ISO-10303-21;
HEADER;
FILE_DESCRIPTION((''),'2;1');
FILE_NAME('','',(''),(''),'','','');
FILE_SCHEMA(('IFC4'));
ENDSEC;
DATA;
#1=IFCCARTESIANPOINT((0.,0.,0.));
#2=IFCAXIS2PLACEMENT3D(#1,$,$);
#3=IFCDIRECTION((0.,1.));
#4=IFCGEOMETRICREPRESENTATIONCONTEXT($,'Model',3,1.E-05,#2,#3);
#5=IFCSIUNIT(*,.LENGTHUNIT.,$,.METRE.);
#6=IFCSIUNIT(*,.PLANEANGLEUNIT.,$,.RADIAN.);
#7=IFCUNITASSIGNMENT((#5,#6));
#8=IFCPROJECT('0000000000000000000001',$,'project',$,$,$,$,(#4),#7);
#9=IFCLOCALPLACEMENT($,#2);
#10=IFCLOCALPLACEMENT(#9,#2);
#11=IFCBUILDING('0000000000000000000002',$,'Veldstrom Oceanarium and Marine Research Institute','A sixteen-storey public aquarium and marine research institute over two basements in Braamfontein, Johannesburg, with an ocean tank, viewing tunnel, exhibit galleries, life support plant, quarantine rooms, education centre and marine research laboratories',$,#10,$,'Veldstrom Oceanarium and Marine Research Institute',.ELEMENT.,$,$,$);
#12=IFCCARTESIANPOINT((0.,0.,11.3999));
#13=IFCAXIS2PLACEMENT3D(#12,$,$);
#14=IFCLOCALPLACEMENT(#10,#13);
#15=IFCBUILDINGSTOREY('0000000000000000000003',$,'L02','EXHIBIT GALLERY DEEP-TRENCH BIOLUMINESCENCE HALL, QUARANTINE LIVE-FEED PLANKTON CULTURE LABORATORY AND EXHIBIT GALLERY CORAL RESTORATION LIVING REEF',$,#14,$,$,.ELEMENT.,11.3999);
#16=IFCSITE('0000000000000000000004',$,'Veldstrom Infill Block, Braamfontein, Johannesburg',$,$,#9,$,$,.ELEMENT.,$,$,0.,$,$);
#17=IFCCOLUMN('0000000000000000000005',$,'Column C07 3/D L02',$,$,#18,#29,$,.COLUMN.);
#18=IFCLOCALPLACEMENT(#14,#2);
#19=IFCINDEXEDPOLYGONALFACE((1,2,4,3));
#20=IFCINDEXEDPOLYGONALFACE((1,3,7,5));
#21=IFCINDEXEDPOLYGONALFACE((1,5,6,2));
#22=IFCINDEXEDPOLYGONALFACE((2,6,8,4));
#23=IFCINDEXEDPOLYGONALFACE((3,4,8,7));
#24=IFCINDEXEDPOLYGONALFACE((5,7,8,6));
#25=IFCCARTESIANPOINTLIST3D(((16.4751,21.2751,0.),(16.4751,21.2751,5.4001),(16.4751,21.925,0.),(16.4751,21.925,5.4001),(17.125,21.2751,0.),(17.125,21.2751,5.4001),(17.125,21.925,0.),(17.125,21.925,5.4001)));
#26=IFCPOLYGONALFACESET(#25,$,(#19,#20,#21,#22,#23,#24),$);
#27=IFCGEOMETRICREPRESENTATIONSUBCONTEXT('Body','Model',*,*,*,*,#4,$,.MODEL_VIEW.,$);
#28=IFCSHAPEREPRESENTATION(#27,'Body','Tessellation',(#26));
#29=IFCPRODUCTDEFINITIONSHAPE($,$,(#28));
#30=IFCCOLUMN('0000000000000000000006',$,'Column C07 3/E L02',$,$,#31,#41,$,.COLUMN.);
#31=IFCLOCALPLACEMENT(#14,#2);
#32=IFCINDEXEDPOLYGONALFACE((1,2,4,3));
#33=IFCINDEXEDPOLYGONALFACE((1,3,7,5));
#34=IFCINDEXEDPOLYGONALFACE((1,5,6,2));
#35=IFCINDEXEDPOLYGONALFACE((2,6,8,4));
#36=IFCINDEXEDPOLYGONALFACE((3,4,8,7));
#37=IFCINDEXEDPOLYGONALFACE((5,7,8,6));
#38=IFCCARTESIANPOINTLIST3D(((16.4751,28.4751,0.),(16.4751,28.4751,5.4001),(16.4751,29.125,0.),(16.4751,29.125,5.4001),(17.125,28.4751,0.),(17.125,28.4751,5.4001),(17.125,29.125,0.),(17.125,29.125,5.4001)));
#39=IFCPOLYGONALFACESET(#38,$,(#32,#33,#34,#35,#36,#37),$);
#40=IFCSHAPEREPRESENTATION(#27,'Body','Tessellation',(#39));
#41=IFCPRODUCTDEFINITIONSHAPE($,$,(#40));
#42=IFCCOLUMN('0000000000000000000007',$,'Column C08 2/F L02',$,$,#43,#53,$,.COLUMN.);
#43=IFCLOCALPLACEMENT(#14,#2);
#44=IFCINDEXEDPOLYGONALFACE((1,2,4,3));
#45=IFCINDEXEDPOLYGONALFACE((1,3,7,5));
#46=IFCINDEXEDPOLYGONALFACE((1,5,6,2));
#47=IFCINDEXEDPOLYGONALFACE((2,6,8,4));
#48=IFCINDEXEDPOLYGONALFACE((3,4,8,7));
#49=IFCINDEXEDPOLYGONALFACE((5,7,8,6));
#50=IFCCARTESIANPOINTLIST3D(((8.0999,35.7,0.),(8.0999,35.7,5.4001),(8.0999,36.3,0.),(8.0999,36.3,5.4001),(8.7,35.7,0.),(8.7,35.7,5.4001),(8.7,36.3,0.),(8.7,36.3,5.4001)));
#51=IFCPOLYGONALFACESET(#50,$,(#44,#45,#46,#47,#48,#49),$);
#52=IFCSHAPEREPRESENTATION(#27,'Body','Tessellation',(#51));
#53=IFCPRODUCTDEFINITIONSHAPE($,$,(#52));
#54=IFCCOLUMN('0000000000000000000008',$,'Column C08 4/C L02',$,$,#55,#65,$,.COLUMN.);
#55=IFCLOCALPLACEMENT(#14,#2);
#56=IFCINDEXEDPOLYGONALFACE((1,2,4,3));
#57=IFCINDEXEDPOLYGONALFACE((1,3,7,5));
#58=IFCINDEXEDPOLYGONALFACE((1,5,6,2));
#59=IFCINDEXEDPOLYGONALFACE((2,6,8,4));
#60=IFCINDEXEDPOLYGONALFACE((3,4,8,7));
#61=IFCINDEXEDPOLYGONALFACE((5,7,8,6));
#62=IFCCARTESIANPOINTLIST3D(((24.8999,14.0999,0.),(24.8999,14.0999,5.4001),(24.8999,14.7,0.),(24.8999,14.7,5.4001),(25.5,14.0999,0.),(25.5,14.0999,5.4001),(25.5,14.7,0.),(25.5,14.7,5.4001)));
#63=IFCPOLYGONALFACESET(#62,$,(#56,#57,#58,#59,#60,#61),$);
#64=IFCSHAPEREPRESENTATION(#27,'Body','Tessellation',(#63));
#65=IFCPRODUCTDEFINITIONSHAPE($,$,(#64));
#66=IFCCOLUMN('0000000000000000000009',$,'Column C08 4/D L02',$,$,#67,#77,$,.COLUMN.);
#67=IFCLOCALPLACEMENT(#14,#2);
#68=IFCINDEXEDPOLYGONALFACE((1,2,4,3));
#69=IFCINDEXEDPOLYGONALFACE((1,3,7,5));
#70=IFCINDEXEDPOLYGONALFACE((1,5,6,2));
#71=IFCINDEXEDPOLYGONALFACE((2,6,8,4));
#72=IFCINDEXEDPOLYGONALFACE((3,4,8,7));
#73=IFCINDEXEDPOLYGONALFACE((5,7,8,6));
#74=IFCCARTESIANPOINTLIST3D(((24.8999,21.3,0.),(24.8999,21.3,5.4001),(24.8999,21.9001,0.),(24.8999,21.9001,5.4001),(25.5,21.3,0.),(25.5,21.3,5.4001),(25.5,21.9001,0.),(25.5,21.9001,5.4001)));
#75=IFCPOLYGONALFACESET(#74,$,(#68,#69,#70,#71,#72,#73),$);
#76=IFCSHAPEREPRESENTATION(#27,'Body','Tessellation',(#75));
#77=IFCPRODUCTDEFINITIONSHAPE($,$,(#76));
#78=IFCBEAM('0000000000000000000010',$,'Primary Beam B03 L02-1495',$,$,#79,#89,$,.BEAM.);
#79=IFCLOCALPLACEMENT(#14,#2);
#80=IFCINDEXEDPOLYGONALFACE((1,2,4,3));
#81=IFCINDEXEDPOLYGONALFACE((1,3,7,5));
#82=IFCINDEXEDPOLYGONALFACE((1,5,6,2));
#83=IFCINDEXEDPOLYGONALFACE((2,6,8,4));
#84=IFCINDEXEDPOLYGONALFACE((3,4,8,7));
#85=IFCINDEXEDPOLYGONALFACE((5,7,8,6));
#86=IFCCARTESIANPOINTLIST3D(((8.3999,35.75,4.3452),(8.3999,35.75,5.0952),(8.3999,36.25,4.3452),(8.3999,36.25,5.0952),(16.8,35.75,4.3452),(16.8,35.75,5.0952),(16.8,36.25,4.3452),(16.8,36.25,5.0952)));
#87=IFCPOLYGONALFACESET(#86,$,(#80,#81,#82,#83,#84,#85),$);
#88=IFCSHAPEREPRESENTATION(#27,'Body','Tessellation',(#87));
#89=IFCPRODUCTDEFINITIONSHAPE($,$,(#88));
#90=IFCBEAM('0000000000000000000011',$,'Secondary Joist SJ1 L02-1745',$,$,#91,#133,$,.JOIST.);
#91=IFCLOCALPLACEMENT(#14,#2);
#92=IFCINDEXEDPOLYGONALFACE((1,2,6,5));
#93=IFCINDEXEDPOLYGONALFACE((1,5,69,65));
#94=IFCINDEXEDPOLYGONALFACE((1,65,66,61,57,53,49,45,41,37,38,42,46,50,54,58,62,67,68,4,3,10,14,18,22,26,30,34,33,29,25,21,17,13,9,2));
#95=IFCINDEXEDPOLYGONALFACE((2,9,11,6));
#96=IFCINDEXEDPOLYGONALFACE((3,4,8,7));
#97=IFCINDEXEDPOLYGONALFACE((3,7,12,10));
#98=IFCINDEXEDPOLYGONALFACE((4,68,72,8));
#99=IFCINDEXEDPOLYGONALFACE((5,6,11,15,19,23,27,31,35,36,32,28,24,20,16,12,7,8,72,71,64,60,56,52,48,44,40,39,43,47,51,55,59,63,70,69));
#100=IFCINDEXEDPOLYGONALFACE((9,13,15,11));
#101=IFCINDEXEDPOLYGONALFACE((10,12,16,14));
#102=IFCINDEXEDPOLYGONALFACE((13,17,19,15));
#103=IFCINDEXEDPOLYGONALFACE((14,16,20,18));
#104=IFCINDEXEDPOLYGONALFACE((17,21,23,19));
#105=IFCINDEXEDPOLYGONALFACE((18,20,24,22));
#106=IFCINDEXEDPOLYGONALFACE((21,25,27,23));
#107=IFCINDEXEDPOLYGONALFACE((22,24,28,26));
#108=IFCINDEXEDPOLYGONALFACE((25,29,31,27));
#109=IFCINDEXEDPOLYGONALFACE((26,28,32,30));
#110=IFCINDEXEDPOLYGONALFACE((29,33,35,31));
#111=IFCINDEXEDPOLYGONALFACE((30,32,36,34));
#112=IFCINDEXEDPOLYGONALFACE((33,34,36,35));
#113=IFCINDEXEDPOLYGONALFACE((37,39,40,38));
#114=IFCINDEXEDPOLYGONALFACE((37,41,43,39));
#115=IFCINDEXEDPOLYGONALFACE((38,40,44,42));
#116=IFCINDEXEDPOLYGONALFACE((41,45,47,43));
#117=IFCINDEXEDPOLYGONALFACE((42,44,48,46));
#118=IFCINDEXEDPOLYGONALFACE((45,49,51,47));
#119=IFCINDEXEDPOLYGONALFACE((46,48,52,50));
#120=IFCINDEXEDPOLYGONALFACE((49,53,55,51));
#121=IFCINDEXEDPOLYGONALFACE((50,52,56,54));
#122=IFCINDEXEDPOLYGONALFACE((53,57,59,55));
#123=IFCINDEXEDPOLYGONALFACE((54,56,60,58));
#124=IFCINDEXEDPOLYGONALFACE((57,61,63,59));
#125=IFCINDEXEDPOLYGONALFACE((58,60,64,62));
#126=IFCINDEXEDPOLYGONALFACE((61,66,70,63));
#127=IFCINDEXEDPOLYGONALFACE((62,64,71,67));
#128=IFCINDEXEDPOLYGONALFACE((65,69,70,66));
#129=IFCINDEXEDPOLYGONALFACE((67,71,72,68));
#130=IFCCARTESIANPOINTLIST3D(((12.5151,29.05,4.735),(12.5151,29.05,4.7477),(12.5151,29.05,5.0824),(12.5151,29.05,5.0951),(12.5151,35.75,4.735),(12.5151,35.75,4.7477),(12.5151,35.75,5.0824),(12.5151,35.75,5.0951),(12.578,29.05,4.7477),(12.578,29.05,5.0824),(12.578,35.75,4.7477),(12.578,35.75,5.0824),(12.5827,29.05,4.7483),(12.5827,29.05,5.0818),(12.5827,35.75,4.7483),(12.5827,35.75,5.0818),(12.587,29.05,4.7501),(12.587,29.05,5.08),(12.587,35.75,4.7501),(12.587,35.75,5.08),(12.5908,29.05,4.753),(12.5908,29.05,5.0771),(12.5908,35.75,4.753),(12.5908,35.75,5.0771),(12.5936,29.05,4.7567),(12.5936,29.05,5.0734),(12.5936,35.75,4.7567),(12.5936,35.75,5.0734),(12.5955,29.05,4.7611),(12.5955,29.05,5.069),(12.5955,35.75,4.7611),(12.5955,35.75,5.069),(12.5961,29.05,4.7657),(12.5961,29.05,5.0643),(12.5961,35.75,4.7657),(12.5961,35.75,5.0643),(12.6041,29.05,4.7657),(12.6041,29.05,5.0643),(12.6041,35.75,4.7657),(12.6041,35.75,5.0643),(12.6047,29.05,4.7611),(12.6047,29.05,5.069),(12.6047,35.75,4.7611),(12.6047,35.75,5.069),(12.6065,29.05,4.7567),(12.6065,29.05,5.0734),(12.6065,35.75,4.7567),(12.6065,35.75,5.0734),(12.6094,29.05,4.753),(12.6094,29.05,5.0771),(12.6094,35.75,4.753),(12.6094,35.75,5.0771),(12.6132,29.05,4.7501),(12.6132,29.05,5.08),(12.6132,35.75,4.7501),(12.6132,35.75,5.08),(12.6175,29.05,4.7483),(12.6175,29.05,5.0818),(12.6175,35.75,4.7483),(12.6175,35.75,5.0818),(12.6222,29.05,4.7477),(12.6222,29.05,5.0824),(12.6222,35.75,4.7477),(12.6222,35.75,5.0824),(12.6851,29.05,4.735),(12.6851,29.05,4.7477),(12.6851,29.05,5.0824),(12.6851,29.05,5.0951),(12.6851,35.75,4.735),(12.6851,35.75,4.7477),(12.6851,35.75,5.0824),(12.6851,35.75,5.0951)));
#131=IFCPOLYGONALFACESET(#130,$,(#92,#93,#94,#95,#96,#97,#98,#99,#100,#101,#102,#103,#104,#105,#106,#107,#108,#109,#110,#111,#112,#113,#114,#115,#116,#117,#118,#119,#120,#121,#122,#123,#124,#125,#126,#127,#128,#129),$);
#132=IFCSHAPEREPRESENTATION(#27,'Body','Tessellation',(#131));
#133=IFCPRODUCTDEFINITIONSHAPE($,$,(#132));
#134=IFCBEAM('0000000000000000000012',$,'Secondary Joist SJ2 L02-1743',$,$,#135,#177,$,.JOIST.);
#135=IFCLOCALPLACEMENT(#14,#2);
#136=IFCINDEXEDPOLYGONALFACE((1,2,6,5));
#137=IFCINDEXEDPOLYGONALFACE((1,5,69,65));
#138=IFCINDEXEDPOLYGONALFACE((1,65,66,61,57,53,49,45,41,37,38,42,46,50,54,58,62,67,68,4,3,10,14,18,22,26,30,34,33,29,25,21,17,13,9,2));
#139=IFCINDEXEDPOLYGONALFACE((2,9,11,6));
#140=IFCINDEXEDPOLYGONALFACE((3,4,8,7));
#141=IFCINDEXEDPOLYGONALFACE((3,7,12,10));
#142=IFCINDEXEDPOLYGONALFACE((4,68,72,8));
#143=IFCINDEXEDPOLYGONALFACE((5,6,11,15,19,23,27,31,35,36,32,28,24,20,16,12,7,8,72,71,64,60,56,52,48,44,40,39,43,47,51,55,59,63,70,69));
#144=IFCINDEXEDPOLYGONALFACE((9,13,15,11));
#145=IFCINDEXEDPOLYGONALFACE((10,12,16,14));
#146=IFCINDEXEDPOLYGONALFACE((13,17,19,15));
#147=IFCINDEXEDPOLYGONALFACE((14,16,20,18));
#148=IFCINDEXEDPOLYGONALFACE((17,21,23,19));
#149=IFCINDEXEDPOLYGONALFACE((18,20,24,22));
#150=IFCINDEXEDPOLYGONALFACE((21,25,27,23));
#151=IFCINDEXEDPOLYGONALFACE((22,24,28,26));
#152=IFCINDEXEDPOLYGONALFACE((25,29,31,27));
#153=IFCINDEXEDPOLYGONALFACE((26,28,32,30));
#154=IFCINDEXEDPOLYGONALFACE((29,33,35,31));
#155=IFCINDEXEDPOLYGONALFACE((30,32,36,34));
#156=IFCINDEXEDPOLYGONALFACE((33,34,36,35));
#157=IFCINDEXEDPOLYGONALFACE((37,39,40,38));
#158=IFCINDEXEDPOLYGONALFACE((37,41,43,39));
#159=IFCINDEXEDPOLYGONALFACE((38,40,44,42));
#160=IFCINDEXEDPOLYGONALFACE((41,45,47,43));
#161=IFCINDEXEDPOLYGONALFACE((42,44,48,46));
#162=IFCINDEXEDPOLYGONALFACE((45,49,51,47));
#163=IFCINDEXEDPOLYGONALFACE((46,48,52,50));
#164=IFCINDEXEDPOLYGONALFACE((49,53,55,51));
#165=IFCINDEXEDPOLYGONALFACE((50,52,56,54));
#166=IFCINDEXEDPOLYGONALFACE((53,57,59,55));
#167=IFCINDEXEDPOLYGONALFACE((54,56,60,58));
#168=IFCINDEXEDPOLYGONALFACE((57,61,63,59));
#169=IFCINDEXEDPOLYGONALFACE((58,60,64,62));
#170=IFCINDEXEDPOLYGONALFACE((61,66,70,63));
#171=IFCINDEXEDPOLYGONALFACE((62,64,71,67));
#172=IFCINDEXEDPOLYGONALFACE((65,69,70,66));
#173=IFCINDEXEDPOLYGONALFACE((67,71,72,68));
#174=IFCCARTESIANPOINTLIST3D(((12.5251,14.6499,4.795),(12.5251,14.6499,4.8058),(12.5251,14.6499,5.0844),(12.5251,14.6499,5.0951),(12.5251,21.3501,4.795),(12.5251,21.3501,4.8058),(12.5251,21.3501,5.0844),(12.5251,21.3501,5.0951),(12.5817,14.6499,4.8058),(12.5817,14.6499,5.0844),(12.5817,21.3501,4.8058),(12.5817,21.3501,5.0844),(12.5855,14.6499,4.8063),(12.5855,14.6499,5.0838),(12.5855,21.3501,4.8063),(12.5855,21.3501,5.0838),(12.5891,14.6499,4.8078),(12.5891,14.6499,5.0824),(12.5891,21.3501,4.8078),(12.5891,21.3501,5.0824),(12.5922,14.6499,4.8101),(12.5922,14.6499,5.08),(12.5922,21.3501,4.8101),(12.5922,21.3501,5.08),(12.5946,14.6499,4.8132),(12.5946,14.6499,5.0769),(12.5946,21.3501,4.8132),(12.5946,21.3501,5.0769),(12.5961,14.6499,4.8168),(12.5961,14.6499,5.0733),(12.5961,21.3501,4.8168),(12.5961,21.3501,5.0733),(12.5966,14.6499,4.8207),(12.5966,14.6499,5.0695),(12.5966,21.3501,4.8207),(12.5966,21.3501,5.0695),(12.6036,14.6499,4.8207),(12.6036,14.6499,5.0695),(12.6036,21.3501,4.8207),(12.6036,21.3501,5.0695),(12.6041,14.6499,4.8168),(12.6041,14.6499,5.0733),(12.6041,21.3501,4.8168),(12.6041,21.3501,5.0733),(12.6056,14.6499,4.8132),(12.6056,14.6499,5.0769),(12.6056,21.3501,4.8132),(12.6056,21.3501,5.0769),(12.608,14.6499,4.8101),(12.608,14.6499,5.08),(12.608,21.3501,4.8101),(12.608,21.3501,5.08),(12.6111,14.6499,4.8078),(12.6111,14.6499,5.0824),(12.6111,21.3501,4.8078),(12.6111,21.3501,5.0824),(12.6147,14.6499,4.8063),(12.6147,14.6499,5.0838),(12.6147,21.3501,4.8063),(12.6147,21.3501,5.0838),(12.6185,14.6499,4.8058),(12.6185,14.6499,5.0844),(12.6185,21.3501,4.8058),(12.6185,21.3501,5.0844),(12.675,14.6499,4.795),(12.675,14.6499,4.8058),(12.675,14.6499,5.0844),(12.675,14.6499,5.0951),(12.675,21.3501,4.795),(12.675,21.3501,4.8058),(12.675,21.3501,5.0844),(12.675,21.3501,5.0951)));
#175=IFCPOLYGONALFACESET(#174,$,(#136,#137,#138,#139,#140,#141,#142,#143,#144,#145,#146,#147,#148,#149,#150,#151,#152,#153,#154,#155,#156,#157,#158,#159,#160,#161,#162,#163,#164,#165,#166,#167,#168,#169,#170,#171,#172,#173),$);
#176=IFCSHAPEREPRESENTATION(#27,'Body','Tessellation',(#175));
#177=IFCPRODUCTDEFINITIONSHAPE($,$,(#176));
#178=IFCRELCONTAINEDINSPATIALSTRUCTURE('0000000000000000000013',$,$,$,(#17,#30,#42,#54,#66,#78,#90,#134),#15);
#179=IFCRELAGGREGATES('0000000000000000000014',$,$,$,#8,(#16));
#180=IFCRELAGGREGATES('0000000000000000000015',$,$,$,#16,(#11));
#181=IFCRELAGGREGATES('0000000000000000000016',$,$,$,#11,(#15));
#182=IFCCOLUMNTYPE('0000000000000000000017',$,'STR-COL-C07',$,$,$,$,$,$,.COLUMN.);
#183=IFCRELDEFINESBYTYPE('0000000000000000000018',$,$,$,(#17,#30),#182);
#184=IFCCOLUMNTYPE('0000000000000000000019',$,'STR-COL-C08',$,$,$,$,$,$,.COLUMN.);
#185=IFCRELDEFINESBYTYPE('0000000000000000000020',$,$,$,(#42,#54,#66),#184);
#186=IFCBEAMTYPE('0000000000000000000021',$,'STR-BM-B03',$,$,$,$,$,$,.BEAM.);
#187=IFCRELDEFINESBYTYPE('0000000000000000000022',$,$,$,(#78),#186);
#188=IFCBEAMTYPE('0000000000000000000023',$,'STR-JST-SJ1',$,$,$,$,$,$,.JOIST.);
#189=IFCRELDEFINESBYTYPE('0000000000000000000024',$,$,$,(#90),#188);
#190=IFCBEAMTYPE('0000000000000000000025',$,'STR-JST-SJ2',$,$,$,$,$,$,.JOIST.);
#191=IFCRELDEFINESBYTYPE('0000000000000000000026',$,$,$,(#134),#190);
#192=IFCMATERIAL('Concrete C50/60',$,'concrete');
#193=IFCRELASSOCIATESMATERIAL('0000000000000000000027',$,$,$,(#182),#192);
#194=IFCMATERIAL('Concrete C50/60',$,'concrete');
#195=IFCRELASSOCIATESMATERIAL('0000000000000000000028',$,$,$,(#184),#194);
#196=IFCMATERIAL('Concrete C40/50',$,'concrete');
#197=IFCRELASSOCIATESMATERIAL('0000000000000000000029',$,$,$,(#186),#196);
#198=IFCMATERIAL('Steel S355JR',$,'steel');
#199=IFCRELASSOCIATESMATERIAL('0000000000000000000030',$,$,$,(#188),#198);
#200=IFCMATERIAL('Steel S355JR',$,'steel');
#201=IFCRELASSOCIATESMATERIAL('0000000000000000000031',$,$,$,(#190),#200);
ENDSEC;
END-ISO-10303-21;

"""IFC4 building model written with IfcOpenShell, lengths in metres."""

from ifc_helpers import new_model, si_unit, direction, frame, origin, origin_2d, place, context, subcontext, project, spatial, rectangle, i_section, extrude, material, material_profile, profile_set, type_object, element, save


model = new_model("IFC4")

# Units and contexts
model_context = context("Model", 3, precision=1e-05, world=origin(), true_north=direction((0.0, 1.0)))
body_context = subcontext(model_context, "Body", "Model", "MODEL_VIEW")
ifc_project = project(units=[si_unit("LENGTHUNIT", "METRE"), si_unit("PLANEANGLEUNIT", "RADIAN")], contexts=[model_context])

# Site, building, storey
site_placement = place(None, origin())
site = spatial("IfcSite", under=ifc_project, at=site_placement, Name="Veldstrom Infill Block, Braamfontein, Johannesburg", CompositionType="ELEMENT", RefElevation=0.0)
building_placement = place(site_placement, origin())
building = spatial("IfcBuilding", under=site, at=building_placement, Name="Veldstrom Oceanarium and Marine Research Institute", Description="A sixteen-storey public aquarium and marine research institute over two basements in Braamfontein, Johannesburg, with an ocean tank, viewing tunnel, exhibit galleries, life support plant, quarantine rooms, education centre and marine research laboratories", LongName="Veldstrom Oceanarium and Marine Research Institute", CompositionType="ELEMENT")
storey_placement = place(building_placement, frame((0.0, 0.0, 11.3999)))
storey = spatial("IfcBuildingStorey", under=building, at=storey_placement, Name="L02", Description="EXHIBIT GALLERY DEEP-TRENCH BIOLUMINESCENCE HALL, QUARANTINE LIVE-FEED PLANKTON CULTURE LABORATORY AND EXHIBIT GALLERY CORAL RESTORATION LIVING REEF", CompositionType="ELEMENT", Elevation=11.3999)

# Columns
ifc_material_1 = material(Name="Concrete C50/60", Category="concrete")
ifc_material_profile_1 = material_profile(ifc_material_1, rectangle(XDim=0.6499, YDim=0.6499, at=origin_2d()), Name="RC-COL-650x650")
ifc_profile_set_1 = profile_set([ifc_material_profile_1], Name="Concrete C50/60")
column_type_1 = type_object("IfcColumnType", Name="STR-COL-C07", PredefinedType="COLUMN", material=ifc_profile_set_1)
for number, where, z_axis, x_axis, name in (
    (1, (16.8, 21.6001, 0.0), (0.0, 0.0, 1.0), (1.0, 0.0, 0.0), "Column C07 3/D L02"),
    (2, (16.8, 28.8, 0.0), (0.0, 0.0, 1.0), (1.0, 0.0, 0.0), "Column C07 3/E L02"),
):
    element("IfcColumn", number, at=place(storey_placement, frame(where, z_axis=z_axis, x_axis=x_axis)), inside=storey, type_object=column_type_1, Name=name, PredefinedType="COLUMN", context=body_context, shape_type="SweptSolid", body=[
        extrude(rectangle(XDim=0.6499, YDim=0.6499, at=origin_2d()), origin(), (0.0, 0.0, 1.0), 5.4001),
    ])
ifc_material_2 = material(Name="Concrete C50/60", Category="concrete")
ifc_material_profile_2 = material_profile(ifc_material_2, rectangle(XDim=0.6001, YDim=0.6001, at=origin_2d()), Name="RC-COL-600x600")
ifc_profile_set_2 = profile_set([ifc_material_profile_2], Name="Concrete C50/60")
column_type_2 = type_object("IfcColumnType", Name="STR-COL-C08", PredefinedType="COLUMN", material=ifc_profile_set_2)
for number, where, z_axis, x_axis, name in (
    (3, (8.3999, 36.0, 0.0), (0.0, 0.0, 1.0), (1.0, 0.0, 0.0), "Column C08 2/F L02"),
    (4, (25.2, 14.3999, 0.0), (0.0, 0.0, 1.0), (1.0, 0.0, 0.0), "Column C08 4/C L02"),
    (5, (25.2, 21.6001, 0.0), (0.0, 0.0, 1.0), (1.0, 0.0, 0.0), "Column C08 4/D L02"),
):
    element("IfcColumn", number, at=place(storey_placement, frame(where, z_axis=z_axis, x_axis=x_axis)), inside=storey, type_object=column_type_2, Name=name, PredefinedType="COLUMN", context=body_context, shape_type="SweptSolid", body=[
        extrude(rectangle(XDim=0.6001, YDim=0.6001, at=origin_2d()), origin(), (0.0, 0.0, 1.0), 5.4001),
    ])

# Beams
ifc_material_3 = material(Name="Concrete C40/50", Category="concrete")
ifc_material_profile_3 = material_profile(ifc_material_3, rectangle(XDim=0.5, YDim=0.75, at=origin_2d()), Name="RC-BM-500x750")
ifc_profile_set_3 = profile_set([ifc_material_profile_3], Name="Concrete C40/50")
beam_type_1 = type_object("IfcBeamType", Name="STR-BM-B03", PredefinedType="BEAM", material=ifc_profile_set_3)
beam_1_placement = place(storey_placement, frame((8.3999, 36.0, 4.7202), z_axis=(1.0, 0.0, 0.0), x_axis=(0.0, 1.0, 0.0)))
element("IfcBeam", 6, at=beam_1_placement, inside=storey, type_object=beam_type_1, Name="Primary Beam B03 L02-1495", PredefinedType="BEAM", context=body_context, shape_type="SweptSolid", body=[
    extrude(rectangle(XDim=0.5, YDim=0.75, at=origin_2d()), origin(), (0.0, 0.0, 1.0), 8.4001),
])
ifc_material_4 = material(Name="Steel S355JR", Category="steel")
ifc_material_profile_4 = material_profile(ifc_material_4, i_section(OverallWidth=0.1699, OverallDepth=0.3601, WebThickness=0.0081, FlangeThickness=0.0127, FilletRadius=0.0181, at=origin_2d()), Name="IPE 360")
ifc_profile_set_4 = profile_set([ifc_material_profile_4], Name="Steel S355JR")
beam_type_2 = type_object("IfcBeamType", Name="STR-JST-SJ1", PredefinedType="JOIST", material=ifc_profile_set_4)
beam_2_placement = place(storey_placement, frame((12.6001, 29.05, 4.915), z_axis=(0.0, 1.0, 0.0), x_axis=(-1.0, 0.0, 0.0)))
element("IfcBeam", 7, at=beam_2_placement, inside=storey, type_object=beam_type_2, Name="Secondary Joist SJ1 L02-1745", PredefinedType="JOIST", context=body_context, shape_type="SweptSolid", body=[
    extrude(i_section(OverallWidth=0.1699, OverallDepth=0.3601, WebThickness=0.0081, FlangeThickness=0.0127, FilletRadius=0.0181, at=origin_2d()), origin(), (0.0, 0.0, 1.0), 6.7),
])
ifc_material_5 = material(Name="Steel S355JR", Category="steel")
ifc_material_profile_5 = material_profile(ifc_material_5, i_section(OverallWidth=0.1499, OverallDepth=0.3, WebThickness=0.0071, FlangeThickness=0.0107, FilletRadius=0.0149, at=origin_2d()), Name="IPE 300")
ifc_profile_set_5 = profile_set([ifc_material_profile_5], Name="Steel S355JR")
beam_type_3 = type_object("IfcBeamType", Name="STR-JST-SJ2", PredefinedType="JOIST", material=ifc_profile_set_5)
beam_3_placement = place(storey_placement, frame((12.6001, 14.6499, 4.9451), z_axis=(0.0, 1.0, 0.0), x_axis=(-1.0, 0.0, 0.0)))
element("IfcBeam", 8, at=beam_3_placement, inside=storey, type_object=beam_type_3, Name="Secondary Joist SJ2 L02-1743", PredefinedType="JOIST", context=body_context, shape_type="SweptSolid", body=[
    extrude(i_section(OverallWidth=0.1499, OverallDepth=0.3, WebThickness=0.0071, FlangeThickness=0.0107, FilletRadius=0.0149, at=origin_2d()), origin(), (0.0, 0.0, 1.0), 6.7002),
])

save(model, "model.ifc")
